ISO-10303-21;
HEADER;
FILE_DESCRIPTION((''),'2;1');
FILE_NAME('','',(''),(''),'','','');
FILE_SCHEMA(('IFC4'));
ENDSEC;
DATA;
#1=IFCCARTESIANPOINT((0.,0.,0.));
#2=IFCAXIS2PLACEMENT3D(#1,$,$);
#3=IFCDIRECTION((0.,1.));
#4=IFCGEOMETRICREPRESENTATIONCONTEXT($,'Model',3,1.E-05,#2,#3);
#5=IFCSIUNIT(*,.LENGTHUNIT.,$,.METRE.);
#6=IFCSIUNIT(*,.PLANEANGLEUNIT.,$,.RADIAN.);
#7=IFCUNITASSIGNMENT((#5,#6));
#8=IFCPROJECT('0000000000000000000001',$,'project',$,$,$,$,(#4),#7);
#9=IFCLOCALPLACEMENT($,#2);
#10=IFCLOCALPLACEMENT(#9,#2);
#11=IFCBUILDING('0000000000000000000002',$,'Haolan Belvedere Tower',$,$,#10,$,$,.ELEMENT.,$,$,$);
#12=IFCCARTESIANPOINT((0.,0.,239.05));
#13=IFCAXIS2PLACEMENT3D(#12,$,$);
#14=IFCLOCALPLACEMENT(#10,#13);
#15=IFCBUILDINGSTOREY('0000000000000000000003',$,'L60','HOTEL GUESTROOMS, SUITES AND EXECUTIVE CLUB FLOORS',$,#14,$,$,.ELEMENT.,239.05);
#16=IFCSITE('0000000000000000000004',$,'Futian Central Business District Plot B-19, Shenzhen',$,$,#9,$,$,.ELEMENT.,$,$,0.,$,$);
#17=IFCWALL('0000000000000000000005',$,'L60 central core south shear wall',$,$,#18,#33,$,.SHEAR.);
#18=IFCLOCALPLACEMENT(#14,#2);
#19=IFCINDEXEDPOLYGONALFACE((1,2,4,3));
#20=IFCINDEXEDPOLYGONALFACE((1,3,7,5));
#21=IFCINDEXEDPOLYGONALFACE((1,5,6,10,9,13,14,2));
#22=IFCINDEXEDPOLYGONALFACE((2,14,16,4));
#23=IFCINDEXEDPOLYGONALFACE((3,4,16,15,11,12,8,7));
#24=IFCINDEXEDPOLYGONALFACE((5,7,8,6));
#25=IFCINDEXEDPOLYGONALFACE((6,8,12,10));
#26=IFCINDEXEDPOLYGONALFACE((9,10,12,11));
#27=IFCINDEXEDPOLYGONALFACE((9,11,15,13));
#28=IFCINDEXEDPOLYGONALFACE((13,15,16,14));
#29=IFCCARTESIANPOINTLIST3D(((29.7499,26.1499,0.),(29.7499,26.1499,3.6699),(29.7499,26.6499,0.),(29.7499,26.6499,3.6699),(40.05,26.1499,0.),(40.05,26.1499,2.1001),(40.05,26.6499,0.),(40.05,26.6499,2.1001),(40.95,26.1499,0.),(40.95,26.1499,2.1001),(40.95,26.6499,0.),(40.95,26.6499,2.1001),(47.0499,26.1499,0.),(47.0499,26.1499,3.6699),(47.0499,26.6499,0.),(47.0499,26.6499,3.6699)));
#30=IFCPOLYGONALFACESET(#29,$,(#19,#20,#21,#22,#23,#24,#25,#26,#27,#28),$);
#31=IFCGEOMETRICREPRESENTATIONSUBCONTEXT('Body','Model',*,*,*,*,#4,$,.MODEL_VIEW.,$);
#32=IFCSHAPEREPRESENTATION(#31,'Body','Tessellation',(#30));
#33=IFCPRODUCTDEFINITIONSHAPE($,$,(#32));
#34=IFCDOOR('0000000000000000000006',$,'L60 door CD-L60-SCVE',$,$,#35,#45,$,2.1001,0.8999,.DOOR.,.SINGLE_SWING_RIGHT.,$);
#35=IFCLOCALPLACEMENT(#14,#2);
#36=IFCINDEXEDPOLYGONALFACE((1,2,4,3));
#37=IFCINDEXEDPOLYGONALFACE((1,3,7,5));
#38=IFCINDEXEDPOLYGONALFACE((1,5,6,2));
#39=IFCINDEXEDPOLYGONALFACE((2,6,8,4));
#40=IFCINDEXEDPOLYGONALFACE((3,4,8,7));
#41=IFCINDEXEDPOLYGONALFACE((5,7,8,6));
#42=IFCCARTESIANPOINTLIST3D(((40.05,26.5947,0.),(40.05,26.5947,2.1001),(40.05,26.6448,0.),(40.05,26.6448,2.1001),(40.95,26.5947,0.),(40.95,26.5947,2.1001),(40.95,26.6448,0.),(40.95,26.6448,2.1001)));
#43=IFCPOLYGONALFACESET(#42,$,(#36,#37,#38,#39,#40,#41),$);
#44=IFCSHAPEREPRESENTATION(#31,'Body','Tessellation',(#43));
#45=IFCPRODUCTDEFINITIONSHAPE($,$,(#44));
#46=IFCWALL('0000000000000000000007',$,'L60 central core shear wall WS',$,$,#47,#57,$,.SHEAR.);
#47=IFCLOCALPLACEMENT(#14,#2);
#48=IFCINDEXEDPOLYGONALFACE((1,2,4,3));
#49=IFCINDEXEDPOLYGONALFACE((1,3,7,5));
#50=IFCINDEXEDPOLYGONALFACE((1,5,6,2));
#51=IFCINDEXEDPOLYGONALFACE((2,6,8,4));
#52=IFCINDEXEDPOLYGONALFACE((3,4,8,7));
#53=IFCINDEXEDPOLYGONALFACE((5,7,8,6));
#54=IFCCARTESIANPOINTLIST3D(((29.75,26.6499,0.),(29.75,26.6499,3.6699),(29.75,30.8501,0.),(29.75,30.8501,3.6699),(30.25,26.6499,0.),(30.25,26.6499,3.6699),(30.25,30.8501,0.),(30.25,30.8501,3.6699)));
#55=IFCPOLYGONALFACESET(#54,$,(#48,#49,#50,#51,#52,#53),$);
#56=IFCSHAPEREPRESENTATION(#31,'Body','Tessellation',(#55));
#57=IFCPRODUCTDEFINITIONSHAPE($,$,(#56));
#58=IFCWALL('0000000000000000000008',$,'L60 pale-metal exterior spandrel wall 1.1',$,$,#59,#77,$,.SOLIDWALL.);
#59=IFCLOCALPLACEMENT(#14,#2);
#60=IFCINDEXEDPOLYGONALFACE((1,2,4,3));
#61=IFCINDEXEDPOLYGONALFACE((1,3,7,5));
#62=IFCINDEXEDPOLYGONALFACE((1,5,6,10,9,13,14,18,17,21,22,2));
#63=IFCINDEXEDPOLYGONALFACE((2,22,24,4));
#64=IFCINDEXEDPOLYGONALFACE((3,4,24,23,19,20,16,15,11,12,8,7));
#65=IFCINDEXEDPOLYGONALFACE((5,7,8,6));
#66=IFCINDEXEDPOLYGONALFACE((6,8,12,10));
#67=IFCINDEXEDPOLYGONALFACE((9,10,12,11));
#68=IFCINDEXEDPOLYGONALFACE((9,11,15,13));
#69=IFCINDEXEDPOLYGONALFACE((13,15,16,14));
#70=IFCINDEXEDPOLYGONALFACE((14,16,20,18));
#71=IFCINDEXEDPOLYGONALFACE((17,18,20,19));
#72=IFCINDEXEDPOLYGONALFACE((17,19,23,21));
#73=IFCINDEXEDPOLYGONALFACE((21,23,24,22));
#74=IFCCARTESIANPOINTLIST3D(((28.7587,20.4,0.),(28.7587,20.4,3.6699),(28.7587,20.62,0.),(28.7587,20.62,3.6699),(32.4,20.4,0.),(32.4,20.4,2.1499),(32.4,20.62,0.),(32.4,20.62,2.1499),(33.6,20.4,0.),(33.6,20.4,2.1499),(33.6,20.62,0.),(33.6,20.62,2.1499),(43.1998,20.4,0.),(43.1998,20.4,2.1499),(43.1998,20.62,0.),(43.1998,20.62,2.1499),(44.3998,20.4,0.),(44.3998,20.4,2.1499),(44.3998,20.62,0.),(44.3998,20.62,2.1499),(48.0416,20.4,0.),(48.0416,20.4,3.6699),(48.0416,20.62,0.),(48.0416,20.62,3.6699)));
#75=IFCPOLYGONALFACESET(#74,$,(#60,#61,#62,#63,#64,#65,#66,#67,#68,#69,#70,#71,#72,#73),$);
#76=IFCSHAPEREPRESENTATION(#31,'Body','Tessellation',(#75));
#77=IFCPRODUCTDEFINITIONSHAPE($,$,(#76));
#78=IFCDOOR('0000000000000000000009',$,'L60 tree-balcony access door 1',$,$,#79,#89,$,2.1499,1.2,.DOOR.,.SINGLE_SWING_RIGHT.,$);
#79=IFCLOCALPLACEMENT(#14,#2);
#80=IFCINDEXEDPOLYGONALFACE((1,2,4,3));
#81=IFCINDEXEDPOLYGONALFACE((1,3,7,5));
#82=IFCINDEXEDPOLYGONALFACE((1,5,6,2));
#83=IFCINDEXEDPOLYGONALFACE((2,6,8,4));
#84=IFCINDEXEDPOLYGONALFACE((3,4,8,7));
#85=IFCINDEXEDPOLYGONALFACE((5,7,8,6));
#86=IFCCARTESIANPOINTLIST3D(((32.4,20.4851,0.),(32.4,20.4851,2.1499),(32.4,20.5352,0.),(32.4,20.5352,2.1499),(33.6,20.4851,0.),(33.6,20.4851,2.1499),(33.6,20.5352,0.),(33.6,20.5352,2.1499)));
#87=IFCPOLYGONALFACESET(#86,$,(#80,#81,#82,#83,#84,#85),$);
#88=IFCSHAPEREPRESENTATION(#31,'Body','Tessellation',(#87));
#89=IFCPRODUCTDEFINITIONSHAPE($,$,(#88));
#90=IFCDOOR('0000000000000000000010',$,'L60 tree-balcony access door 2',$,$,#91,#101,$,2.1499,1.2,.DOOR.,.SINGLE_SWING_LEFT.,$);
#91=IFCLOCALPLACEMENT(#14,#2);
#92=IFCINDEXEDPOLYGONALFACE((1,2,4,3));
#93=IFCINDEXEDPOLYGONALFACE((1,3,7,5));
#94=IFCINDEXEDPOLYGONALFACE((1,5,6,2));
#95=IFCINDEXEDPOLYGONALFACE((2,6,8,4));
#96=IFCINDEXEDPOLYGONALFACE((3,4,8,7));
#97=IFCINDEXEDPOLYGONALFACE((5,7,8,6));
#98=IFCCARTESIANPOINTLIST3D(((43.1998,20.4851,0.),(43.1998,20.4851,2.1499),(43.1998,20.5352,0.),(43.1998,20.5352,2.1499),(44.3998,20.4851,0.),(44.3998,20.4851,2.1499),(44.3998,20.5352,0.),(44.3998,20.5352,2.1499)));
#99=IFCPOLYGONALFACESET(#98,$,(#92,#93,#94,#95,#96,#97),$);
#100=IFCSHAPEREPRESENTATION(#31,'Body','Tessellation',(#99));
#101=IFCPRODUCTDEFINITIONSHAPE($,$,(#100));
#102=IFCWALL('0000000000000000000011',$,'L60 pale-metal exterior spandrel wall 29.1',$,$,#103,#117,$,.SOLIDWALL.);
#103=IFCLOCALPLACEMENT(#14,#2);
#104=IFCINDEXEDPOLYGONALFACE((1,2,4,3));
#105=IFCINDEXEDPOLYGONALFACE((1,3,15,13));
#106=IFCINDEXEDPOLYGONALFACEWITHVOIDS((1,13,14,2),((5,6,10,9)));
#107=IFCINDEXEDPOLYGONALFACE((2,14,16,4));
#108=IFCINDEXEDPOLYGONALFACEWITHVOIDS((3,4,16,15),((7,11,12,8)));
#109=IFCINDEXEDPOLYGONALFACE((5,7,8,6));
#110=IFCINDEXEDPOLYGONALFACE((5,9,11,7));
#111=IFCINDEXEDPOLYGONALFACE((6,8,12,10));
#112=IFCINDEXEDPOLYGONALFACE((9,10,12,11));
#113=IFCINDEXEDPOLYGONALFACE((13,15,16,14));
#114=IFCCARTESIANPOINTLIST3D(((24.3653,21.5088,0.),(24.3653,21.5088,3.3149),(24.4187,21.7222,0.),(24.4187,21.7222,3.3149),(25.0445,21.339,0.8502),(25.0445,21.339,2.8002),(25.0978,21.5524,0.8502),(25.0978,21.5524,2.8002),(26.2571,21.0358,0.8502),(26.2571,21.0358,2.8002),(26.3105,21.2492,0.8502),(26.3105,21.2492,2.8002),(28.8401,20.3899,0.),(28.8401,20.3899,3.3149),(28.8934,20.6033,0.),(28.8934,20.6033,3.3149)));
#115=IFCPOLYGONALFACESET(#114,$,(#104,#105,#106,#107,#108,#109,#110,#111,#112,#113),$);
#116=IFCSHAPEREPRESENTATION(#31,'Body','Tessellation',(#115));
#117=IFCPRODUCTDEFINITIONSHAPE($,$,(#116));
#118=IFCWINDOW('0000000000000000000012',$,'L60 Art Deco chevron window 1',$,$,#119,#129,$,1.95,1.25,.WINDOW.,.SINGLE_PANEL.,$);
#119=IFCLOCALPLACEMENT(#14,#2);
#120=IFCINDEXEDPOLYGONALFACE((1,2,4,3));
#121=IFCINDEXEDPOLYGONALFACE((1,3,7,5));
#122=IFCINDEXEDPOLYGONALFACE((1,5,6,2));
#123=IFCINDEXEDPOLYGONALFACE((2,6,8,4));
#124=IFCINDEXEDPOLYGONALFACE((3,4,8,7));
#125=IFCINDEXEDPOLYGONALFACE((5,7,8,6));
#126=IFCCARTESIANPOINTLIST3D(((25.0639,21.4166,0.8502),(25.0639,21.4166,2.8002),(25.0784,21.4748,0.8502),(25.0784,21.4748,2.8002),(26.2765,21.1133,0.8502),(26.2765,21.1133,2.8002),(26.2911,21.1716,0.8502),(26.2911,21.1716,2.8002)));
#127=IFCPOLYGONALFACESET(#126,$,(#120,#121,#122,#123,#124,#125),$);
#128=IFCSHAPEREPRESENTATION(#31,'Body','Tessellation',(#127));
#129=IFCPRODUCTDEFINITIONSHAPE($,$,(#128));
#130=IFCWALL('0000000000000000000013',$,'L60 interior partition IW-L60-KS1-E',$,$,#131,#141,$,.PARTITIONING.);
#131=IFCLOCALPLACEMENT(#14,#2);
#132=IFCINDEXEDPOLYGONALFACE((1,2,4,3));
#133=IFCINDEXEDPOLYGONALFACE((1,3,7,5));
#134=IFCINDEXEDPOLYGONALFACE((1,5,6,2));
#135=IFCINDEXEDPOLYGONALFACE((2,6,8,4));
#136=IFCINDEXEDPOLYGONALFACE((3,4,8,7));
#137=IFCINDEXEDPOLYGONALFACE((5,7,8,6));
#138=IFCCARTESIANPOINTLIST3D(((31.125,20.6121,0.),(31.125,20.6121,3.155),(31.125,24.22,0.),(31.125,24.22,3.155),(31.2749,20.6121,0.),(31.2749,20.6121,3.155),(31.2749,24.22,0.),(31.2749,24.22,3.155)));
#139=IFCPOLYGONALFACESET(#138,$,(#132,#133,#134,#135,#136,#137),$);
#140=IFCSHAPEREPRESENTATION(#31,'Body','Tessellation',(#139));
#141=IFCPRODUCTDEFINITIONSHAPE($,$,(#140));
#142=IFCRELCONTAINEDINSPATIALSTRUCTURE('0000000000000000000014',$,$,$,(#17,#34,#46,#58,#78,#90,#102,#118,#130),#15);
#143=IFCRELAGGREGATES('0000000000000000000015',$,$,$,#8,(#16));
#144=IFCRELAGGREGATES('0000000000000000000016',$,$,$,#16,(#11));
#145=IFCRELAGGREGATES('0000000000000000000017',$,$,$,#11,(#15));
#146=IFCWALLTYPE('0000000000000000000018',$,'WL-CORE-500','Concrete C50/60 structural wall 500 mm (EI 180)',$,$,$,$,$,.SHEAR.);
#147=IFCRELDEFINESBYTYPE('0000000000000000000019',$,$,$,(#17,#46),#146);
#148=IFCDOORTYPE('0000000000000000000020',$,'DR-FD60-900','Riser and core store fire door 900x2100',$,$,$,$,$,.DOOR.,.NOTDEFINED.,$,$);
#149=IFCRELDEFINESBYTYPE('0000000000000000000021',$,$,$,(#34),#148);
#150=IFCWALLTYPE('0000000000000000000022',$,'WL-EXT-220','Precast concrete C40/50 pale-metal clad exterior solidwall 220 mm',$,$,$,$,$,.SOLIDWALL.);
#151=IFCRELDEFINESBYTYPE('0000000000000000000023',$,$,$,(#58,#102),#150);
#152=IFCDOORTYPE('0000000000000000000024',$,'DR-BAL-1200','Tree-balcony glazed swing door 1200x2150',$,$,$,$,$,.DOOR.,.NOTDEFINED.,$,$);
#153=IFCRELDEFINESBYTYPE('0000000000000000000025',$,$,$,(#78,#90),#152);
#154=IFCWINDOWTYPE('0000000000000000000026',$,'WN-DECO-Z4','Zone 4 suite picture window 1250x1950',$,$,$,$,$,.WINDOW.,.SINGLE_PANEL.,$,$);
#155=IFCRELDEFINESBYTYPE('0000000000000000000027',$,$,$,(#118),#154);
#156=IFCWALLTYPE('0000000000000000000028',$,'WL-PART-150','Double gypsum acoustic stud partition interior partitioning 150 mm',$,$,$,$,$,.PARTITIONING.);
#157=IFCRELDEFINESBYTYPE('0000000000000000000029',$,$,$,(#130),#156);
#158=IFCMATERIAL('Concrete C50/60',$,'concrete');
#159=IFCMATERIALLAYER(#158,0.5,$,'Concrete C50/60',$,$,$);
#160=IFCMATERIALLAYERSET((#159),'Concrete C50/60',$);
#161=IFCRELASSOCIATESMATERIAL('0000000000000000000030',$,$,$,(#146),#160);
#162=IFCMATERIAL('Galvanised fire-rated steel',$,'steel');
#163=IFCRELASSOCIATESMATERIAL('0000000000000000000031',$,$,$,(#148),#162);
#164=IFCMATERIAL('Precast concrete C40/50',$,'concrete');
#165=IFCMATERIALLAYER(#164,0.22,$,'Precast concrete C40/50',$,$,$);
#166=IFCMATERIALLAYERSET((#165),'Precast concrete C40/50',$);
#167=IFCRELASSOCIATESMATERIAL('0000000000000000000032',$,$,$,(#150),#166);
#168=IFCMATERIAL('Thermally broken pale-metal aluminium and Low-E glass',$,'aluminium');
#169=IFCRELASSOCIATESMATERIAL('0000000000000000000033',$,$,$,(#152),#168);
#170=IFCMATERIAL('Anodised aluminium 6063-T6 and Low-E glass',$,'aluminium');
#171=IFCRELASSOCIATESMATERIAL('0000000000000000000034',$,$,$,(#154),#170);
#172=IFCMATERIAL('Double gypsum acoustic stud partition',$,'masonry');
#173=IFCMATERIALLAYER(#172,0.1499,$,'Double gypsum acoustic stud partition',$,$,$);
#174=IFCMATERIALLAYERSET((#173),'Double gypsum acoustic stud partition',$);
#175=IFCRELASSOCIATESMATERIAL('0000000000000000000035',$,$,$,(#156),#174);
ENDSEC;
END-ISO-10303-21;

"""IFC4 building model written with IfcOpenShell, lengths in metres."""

from ifc_helpers import new_model, si_unit, direction, frame, frame_2d, origin, place, context, subcontext, project, spatial, rectangle, extrude, material, layer, layer_set, type_object, element, fill, save


model = new_model("IFC4")

# Units and contexts
model_context = context("Model", 3, precision=1e-05, world=origin(), true_north=direction((0.0, 1.0)))
body_context = subcontext(model_context, "Body", "Model", "MODEL_VIEW")
ifc_project = project(units=[si_unit("LENGTHUNIT", "METRE"), si_unit("PLANEANGLEUNIT", "RADIAN")], contexts=[model_context])

# Site, building, storey
site_placement = place(None, origin())
site = spatial("IfcSite", under=ifc_project, at=site_placement, Name="Futian Central Business District Plot B-19, Shenzhen", CompositionType="ELEMENT", RefElevation=0.0)
building_placement = place(site_placement, origin())
building = spatial("IfcBuilding", under=site, at=building_placement, Name="Haolan Belvedere Tower", CompositionType="ELEMENT")
storey_placement = place(building_placement, frame((0.0, 0.0, 239.05)))
storey = spatial("IfcBuildingStorey", under=building, at=storey_placement, Name="L60", Description="HOTEL GUESTROOMS, SUITES AND EXECUTIVE CLUB FLOORS", CompositionType="ELEMENT", Elevation=239.05)

# Wall, opening, door
ifc_material_1 = material(Name="Concrete C50/60", Category="concrete")
ifc_layer_1 = layer(ifc_material_1, 0.5, Name="Concrete C50/60")
ifc_layer_set_1 = layer_set([ifc_layer_1], Name="Concrete C50/60")
wall_type_1 = type_object("IfcWallType", Name="WL-CORE-500", Description="Concrete C50/60 structural wall 500 mm (EI 180)", PredefinedType="SHEAR", material=ifc_layer_set_1)
wall_1_placement = place(storey_placement, frame((29.75, 26.3999, 0.0), z_axis=(0.0, 0.0, 1.0), x_axis=(1.0, 0.0, 0.0)))
wall_1 = element("IfcWall", 1, at=wall_1_placement, inside=storey, type_object=wall_type_1, Name="L60 central core south shear wall", PredefinedType="SHEAR", context=body_context, shape_type="SweptSolid", body=[
    extrude(rectangle(XDim=17.3, YDim=0.5, at=frame_2d((8.6499, 0.0))), origin(), (0.0, 0.0, 1.0), 3.6699),
])
opening_1_placement = place(wall_1_placement, frame((11.2, 0.0, 0.0), z_axis=(0.0, 0.0, 1.0), x_axis=(-1.0, 0.0, 0.0)))
opening_1 = element("IfcOpeningElement", 2, at=opening_1_placement, cuts=wall_1, PredefinedType="OPENING", context=body_context, shape_type="SweptSolid", body=[
    extrude(rectangle(XDim=0.8999, YDim=2.1001, at=frame_2d((0.45, 1.05))), frame((0.0, 0.26, 0.0), z_axis=(0.0, -1.0, 0.0), x_axis=(1.0, 0.0, 0.0)), (0.0, 0.0, 1.0), 0.52),
])
ifc_material_2 = material(Name="Galvanised fire-rated steel", Category="steel")
door_type_1 = type_object("IfcDoorType", Name="DR-FD60-900", Description="Riser and core store fire door 900x2100", OperationType="NOTDEFINED", PredefinedType="DOOR", material=ifc_material_2)
door_1_placement = place(opening_1_placement, origin())
door_1 = element("IfcDoor", 3, at=door_1_placement, inside=storey, type_object=door_type_1, Name="L60 door CD-L60-SCVE", OperationType="SINGLE_SWING_RIGHT", OverallHeight=2.1001, OverallWidth=0.8999, PredefinedType="DOOR", context=body_context, shape_type="SweptSolid", body=[
    extrude(rectangle(XDim=0.8999, YDim=2.1001, at=frame_2d((0.45, 1.05))), frame((0.0, -0.1948, 0.0), z_axis=(0.0, -1.0, 0.0), x_axis=(1.0, 0.0, 0.0)), (0.0, 0.0, 1.0), 0.05),
])
fill(opening_1, door_1)

# Wall
wall_2_placement = place(storey_placement, frame((30.0, 26.6499, 0.0), z_axis=(0.0, 0.0, 1.0), x_axis=(0.0, 1.0, 0.0)))
element("IfcWall", 4, at=wall_2_placement, inside=storey, type_object=wall_type_1, Name="L60 central core shear wall WS", PredefinedType="SHEAR", context=body_context, shape_type="SweptSolid", body=[
    extrude(rectangle(XDim=4.2002, YDim=0.5, at=frame_2d((2.1001, 0.0))), origin(), (0.0, 0.0, 1.0), 3.6699),
])

# Wall, openings, doors
ifc_material_3 = material(Name="Precast concrete C40/50", Category="concrete")
ifc_layer_2 = layer(ifc_material_3, 0.22, Name="Precast concrete C40/50")
ifc_layer_set_2 = layer_set([ifc_layer_2], Name="Precast concrete C40/50")
wall_type_2 = type_object("IfcWallType", Name="WL-EXT-220", Description="Precast concrete C40/50 pale-metal clad exterior solidwall 220 mm", PredefinedType="SOLIDWALL", material=ifc_layer_set_2)
wall_3_placement = place(storey_placement, frame((28.7585, 20.51, 0.0), z_axis=(0.0, 0.0, 1.0), x_axis=(1.0, 0.0, 0.0)))
wall_3 = element("IfcWall", 5, at=wall_3_placement, inside=storey, type_object=wall_type_2, Name="L60 pale-metal exterior spandrel wall 1.1", PredefinedType="SOLIDWALL", context=body_context, shape_type="SweptSolid", body=[
    extrude(rectangle(XDim=19.283, YDim=0.22, at=frame_2d((9.6416, 0.0))), origin(), (0.0, 0.0, 1.0), 3.6699),
])
opening_2_placement = place(wall_3_placement, frame((4.8416, 0.0, 0.0), z_axis=(0.0, 0.0, 1.0), x_axis=(-1.0, 0.0, 0.0)))
opening_2 = element("IfcOpeningElement", 6, at=opening_2_placement, cuts=wall_3, PredefinedType="OPENING", context=body_context, shape_type="SweptSolid", body=[
    extrude(rectangle(XDim=1.2, YDim=2.1499, at=frame_2d((0.6001, 1.075))), frame((0.0, 0.1199, 0.0), z_axis=(0.0, -1.0, 0.0), x_axis=(1.0, 0.0, 0.0)), (0.0, 0.0, 1.0), 0.24),
])
opening_3_placement = place(wall_3_placement, frame((15.6414, 0.0, 0.0), z_axis=(0.0, 0.0, 1.0), x_axis=(-1.0, 0.0, 0.0)))
opening_3 = element("IfcOpeningElement", 7, at=opening_3_placement, cuts=wall_3, PredefinedType="OPENING", context=body_context, shape_type="SweptSolid", body=[
    extrude(rectangle(XDim=1.2, YDim=2.1499, at=frame_2d((0.6001, 1.075))), frame((0.0, 0.1199, 0.0), z_axis=(0.0, -1.0, 0.0), x_axis=(1.0, 0.0, 0.0)), (0.0, 0.0, 1.0), 0.24),
])
ifc_material_4 = material(Name="Thermally broken pale-metal aluminium and Low-E glass", Category="aluminium")
door_type_2 = type_object("IfcDoorType", Name="DR-BAL-1200", Description="Tree-balcony glazed swing door 1200x2150", OperationType="NOTDEFINED", PredefinedType="DOOR", material=ifc_material_4)
door_2_placement = place(opening_2_placement, origin())
door_2 = element("IfcDoor", 8, at=door_2_placement, inside=storey, type_object=door_type_2, Name="L60 tree-balcony access door 1", OperationType="SINGLE_SWING_RIGHT", OverallHeight=2.1499, OverallWidth=1.2, PredefinedType="DOOR", context=body_context, shape_type="SweptSolid", body=[
    extrude(rectangle(XDim=1.2, YDim=2.1499, at=frame_2d((0.6001, 1.075))), frame((0.0, 0.0249, 0.0), z_axis=(0.0, -1.0, 0.0), x_axis=(1.0, 0.0, 0.0)), (0.0, 0.0, 1.0), 0.05),
])
fill(opening_2, door_2)
door_3_placement = place(opening_3_placement, origin())
door_3 = element("IfcDoor", 9, at=door_3_placement, inside=storey, type_object=door_type_2, Name="L60 tree-balcony access door 2", OperationType="SINGLE_SWING_LEFT", OverallHeight=2.1499, OverallWidth=1.2, PredefinedType="DOOR", context=body_context, shape_type="SweptSolid", body=[
    extrude(rectangle(XDim=1.2, YDim=2.1499, at=frame_2d((0.6001, 1.075))), frame((0.0, 0.0249, 0.0), z_axis=(0.0, -1.0, 0.0), x_axis=(1.0, 0.0, 0.0)), (0.0, 0.0, 1.0), 0.05),
])
fill(opening_3, door_3)

# Wall, opening, window
wall_4_placement = place(storey_placement, frame((24.3921, 21.6155, 0.0), z_axis=(0.0, 0.0, 1.0), x_axis=(0.970133, -0.242573, 0.0)))
wall_4 = element("IfcWall", 10, at=wall_4_placement, inside=storey, type_object=wall_type_2, Name="L60 pale-metal exterior spandrel wall 29.1", PredefinedType="SOLIDWALL", context=body_context, shape_type="SweptSolid", body=[
    extrude(rectangle(XDim=4.6125, YDim=0.22, at=frame_2d((2.3062, 0.0))), origin(), (0.0, 0.0, 1.0), 3.3149),
])
opening_4_placement = place(wall_4_placement, frame((0.7, 0.0, 0.8501)))
opening_4 = element("IfcOpeningElement", 11, at=opening_4_placement, cuts=wall_4, PredefinedType="OPENING", context=body_context, shape_type="SweptSolid", body=[
    extrude(rectangle(XDim=1.25, YDim=1.95, at=frame_2d((0.625, 0.9751))), frame((0.0, 0.1199, 0.0), z_axis=(0.0, -1.0, 0.0), x_axis=(1.0, 0.0, 0.0)), (0.0, 0.0, 1.0), 0.24),
])
ifc_material_5 = material(Name="Anodised aluminium 6063-T6 and Low-E glass", Category="aluminium")
window_type = type_object("IfcWindowType", Name="WN-DECO-Z4", Description="Zone 4 suite picture window 1250x1950", PartitioningType="SINGLE_PANEL", PredefinedType="WINDOW", material=ifc_material_5)
window_placement = place(opening_4_placement, origin())
window = element("IfcWindow", 12, at=window_placement, inside=storey, type_object=window_type, Name="L60 Art Deco chevron window 1", OverallHeight=1.95, OverallWidth=1.25, PartitioningType="SINGLE_PANEL", PredefinedType="WINDOW", context=body_context, shape_type="SweptSolid", body=[
    extrude(rectangle(XDim=1.25, YDim=1.95, at=frame_2d((0.625, 0.9751))), frame((0.0, 0.03, 0.0), z_axis=(0.0, -1.0, 0.0), x_axis=(1.0, 0.0, 0.0)), (0.0, 0.0, 1.0), 0.0601),
])
fill(opening_4, window)

# Wall
ifc_material_6 = material(Name="Double gypsum acoustic stud partition", Category="masonry")
ifc_layer_3 = layer(ifc_material_6, 0.1499, Name="Double gypsum acoustic stud partition")
ifc_layer_set_3 = layer_set([ifc_layer_3], Name="Double gypsum acoustic stud partition")
wall_type_3 = type_object("IfcWallType", Name="WL-PART-150", Description="Double gypsum acoustic stud partition interior partitioning 150 mm", PredefinedType="PARTITIONING", material=ifc_layer_set_3)
wall_5_placement = place(storey_placement, frame((31.2, 20.6121, 0.0), z_axis=(0.0, 0.0, 1.0), x_axis=(0.0, 1.0, 0.0)))
element("IfcWall", 13, at=wall_5_placement, inside=storey, type_object=wall_type_3, Name="L60 interior partition IW-L60-KS1-E", PredefinedType="PARTITIONING", context=body_context, shape_type="SweptSolid", body=[
    extrude(rectangle(XDim=3.6079, YDim=0.1499, at=frame_2d((1.804, 0.0))), origin(), (0.0, 0.0, 1.0), 3.155),
])

save(model, "model.ifc")
